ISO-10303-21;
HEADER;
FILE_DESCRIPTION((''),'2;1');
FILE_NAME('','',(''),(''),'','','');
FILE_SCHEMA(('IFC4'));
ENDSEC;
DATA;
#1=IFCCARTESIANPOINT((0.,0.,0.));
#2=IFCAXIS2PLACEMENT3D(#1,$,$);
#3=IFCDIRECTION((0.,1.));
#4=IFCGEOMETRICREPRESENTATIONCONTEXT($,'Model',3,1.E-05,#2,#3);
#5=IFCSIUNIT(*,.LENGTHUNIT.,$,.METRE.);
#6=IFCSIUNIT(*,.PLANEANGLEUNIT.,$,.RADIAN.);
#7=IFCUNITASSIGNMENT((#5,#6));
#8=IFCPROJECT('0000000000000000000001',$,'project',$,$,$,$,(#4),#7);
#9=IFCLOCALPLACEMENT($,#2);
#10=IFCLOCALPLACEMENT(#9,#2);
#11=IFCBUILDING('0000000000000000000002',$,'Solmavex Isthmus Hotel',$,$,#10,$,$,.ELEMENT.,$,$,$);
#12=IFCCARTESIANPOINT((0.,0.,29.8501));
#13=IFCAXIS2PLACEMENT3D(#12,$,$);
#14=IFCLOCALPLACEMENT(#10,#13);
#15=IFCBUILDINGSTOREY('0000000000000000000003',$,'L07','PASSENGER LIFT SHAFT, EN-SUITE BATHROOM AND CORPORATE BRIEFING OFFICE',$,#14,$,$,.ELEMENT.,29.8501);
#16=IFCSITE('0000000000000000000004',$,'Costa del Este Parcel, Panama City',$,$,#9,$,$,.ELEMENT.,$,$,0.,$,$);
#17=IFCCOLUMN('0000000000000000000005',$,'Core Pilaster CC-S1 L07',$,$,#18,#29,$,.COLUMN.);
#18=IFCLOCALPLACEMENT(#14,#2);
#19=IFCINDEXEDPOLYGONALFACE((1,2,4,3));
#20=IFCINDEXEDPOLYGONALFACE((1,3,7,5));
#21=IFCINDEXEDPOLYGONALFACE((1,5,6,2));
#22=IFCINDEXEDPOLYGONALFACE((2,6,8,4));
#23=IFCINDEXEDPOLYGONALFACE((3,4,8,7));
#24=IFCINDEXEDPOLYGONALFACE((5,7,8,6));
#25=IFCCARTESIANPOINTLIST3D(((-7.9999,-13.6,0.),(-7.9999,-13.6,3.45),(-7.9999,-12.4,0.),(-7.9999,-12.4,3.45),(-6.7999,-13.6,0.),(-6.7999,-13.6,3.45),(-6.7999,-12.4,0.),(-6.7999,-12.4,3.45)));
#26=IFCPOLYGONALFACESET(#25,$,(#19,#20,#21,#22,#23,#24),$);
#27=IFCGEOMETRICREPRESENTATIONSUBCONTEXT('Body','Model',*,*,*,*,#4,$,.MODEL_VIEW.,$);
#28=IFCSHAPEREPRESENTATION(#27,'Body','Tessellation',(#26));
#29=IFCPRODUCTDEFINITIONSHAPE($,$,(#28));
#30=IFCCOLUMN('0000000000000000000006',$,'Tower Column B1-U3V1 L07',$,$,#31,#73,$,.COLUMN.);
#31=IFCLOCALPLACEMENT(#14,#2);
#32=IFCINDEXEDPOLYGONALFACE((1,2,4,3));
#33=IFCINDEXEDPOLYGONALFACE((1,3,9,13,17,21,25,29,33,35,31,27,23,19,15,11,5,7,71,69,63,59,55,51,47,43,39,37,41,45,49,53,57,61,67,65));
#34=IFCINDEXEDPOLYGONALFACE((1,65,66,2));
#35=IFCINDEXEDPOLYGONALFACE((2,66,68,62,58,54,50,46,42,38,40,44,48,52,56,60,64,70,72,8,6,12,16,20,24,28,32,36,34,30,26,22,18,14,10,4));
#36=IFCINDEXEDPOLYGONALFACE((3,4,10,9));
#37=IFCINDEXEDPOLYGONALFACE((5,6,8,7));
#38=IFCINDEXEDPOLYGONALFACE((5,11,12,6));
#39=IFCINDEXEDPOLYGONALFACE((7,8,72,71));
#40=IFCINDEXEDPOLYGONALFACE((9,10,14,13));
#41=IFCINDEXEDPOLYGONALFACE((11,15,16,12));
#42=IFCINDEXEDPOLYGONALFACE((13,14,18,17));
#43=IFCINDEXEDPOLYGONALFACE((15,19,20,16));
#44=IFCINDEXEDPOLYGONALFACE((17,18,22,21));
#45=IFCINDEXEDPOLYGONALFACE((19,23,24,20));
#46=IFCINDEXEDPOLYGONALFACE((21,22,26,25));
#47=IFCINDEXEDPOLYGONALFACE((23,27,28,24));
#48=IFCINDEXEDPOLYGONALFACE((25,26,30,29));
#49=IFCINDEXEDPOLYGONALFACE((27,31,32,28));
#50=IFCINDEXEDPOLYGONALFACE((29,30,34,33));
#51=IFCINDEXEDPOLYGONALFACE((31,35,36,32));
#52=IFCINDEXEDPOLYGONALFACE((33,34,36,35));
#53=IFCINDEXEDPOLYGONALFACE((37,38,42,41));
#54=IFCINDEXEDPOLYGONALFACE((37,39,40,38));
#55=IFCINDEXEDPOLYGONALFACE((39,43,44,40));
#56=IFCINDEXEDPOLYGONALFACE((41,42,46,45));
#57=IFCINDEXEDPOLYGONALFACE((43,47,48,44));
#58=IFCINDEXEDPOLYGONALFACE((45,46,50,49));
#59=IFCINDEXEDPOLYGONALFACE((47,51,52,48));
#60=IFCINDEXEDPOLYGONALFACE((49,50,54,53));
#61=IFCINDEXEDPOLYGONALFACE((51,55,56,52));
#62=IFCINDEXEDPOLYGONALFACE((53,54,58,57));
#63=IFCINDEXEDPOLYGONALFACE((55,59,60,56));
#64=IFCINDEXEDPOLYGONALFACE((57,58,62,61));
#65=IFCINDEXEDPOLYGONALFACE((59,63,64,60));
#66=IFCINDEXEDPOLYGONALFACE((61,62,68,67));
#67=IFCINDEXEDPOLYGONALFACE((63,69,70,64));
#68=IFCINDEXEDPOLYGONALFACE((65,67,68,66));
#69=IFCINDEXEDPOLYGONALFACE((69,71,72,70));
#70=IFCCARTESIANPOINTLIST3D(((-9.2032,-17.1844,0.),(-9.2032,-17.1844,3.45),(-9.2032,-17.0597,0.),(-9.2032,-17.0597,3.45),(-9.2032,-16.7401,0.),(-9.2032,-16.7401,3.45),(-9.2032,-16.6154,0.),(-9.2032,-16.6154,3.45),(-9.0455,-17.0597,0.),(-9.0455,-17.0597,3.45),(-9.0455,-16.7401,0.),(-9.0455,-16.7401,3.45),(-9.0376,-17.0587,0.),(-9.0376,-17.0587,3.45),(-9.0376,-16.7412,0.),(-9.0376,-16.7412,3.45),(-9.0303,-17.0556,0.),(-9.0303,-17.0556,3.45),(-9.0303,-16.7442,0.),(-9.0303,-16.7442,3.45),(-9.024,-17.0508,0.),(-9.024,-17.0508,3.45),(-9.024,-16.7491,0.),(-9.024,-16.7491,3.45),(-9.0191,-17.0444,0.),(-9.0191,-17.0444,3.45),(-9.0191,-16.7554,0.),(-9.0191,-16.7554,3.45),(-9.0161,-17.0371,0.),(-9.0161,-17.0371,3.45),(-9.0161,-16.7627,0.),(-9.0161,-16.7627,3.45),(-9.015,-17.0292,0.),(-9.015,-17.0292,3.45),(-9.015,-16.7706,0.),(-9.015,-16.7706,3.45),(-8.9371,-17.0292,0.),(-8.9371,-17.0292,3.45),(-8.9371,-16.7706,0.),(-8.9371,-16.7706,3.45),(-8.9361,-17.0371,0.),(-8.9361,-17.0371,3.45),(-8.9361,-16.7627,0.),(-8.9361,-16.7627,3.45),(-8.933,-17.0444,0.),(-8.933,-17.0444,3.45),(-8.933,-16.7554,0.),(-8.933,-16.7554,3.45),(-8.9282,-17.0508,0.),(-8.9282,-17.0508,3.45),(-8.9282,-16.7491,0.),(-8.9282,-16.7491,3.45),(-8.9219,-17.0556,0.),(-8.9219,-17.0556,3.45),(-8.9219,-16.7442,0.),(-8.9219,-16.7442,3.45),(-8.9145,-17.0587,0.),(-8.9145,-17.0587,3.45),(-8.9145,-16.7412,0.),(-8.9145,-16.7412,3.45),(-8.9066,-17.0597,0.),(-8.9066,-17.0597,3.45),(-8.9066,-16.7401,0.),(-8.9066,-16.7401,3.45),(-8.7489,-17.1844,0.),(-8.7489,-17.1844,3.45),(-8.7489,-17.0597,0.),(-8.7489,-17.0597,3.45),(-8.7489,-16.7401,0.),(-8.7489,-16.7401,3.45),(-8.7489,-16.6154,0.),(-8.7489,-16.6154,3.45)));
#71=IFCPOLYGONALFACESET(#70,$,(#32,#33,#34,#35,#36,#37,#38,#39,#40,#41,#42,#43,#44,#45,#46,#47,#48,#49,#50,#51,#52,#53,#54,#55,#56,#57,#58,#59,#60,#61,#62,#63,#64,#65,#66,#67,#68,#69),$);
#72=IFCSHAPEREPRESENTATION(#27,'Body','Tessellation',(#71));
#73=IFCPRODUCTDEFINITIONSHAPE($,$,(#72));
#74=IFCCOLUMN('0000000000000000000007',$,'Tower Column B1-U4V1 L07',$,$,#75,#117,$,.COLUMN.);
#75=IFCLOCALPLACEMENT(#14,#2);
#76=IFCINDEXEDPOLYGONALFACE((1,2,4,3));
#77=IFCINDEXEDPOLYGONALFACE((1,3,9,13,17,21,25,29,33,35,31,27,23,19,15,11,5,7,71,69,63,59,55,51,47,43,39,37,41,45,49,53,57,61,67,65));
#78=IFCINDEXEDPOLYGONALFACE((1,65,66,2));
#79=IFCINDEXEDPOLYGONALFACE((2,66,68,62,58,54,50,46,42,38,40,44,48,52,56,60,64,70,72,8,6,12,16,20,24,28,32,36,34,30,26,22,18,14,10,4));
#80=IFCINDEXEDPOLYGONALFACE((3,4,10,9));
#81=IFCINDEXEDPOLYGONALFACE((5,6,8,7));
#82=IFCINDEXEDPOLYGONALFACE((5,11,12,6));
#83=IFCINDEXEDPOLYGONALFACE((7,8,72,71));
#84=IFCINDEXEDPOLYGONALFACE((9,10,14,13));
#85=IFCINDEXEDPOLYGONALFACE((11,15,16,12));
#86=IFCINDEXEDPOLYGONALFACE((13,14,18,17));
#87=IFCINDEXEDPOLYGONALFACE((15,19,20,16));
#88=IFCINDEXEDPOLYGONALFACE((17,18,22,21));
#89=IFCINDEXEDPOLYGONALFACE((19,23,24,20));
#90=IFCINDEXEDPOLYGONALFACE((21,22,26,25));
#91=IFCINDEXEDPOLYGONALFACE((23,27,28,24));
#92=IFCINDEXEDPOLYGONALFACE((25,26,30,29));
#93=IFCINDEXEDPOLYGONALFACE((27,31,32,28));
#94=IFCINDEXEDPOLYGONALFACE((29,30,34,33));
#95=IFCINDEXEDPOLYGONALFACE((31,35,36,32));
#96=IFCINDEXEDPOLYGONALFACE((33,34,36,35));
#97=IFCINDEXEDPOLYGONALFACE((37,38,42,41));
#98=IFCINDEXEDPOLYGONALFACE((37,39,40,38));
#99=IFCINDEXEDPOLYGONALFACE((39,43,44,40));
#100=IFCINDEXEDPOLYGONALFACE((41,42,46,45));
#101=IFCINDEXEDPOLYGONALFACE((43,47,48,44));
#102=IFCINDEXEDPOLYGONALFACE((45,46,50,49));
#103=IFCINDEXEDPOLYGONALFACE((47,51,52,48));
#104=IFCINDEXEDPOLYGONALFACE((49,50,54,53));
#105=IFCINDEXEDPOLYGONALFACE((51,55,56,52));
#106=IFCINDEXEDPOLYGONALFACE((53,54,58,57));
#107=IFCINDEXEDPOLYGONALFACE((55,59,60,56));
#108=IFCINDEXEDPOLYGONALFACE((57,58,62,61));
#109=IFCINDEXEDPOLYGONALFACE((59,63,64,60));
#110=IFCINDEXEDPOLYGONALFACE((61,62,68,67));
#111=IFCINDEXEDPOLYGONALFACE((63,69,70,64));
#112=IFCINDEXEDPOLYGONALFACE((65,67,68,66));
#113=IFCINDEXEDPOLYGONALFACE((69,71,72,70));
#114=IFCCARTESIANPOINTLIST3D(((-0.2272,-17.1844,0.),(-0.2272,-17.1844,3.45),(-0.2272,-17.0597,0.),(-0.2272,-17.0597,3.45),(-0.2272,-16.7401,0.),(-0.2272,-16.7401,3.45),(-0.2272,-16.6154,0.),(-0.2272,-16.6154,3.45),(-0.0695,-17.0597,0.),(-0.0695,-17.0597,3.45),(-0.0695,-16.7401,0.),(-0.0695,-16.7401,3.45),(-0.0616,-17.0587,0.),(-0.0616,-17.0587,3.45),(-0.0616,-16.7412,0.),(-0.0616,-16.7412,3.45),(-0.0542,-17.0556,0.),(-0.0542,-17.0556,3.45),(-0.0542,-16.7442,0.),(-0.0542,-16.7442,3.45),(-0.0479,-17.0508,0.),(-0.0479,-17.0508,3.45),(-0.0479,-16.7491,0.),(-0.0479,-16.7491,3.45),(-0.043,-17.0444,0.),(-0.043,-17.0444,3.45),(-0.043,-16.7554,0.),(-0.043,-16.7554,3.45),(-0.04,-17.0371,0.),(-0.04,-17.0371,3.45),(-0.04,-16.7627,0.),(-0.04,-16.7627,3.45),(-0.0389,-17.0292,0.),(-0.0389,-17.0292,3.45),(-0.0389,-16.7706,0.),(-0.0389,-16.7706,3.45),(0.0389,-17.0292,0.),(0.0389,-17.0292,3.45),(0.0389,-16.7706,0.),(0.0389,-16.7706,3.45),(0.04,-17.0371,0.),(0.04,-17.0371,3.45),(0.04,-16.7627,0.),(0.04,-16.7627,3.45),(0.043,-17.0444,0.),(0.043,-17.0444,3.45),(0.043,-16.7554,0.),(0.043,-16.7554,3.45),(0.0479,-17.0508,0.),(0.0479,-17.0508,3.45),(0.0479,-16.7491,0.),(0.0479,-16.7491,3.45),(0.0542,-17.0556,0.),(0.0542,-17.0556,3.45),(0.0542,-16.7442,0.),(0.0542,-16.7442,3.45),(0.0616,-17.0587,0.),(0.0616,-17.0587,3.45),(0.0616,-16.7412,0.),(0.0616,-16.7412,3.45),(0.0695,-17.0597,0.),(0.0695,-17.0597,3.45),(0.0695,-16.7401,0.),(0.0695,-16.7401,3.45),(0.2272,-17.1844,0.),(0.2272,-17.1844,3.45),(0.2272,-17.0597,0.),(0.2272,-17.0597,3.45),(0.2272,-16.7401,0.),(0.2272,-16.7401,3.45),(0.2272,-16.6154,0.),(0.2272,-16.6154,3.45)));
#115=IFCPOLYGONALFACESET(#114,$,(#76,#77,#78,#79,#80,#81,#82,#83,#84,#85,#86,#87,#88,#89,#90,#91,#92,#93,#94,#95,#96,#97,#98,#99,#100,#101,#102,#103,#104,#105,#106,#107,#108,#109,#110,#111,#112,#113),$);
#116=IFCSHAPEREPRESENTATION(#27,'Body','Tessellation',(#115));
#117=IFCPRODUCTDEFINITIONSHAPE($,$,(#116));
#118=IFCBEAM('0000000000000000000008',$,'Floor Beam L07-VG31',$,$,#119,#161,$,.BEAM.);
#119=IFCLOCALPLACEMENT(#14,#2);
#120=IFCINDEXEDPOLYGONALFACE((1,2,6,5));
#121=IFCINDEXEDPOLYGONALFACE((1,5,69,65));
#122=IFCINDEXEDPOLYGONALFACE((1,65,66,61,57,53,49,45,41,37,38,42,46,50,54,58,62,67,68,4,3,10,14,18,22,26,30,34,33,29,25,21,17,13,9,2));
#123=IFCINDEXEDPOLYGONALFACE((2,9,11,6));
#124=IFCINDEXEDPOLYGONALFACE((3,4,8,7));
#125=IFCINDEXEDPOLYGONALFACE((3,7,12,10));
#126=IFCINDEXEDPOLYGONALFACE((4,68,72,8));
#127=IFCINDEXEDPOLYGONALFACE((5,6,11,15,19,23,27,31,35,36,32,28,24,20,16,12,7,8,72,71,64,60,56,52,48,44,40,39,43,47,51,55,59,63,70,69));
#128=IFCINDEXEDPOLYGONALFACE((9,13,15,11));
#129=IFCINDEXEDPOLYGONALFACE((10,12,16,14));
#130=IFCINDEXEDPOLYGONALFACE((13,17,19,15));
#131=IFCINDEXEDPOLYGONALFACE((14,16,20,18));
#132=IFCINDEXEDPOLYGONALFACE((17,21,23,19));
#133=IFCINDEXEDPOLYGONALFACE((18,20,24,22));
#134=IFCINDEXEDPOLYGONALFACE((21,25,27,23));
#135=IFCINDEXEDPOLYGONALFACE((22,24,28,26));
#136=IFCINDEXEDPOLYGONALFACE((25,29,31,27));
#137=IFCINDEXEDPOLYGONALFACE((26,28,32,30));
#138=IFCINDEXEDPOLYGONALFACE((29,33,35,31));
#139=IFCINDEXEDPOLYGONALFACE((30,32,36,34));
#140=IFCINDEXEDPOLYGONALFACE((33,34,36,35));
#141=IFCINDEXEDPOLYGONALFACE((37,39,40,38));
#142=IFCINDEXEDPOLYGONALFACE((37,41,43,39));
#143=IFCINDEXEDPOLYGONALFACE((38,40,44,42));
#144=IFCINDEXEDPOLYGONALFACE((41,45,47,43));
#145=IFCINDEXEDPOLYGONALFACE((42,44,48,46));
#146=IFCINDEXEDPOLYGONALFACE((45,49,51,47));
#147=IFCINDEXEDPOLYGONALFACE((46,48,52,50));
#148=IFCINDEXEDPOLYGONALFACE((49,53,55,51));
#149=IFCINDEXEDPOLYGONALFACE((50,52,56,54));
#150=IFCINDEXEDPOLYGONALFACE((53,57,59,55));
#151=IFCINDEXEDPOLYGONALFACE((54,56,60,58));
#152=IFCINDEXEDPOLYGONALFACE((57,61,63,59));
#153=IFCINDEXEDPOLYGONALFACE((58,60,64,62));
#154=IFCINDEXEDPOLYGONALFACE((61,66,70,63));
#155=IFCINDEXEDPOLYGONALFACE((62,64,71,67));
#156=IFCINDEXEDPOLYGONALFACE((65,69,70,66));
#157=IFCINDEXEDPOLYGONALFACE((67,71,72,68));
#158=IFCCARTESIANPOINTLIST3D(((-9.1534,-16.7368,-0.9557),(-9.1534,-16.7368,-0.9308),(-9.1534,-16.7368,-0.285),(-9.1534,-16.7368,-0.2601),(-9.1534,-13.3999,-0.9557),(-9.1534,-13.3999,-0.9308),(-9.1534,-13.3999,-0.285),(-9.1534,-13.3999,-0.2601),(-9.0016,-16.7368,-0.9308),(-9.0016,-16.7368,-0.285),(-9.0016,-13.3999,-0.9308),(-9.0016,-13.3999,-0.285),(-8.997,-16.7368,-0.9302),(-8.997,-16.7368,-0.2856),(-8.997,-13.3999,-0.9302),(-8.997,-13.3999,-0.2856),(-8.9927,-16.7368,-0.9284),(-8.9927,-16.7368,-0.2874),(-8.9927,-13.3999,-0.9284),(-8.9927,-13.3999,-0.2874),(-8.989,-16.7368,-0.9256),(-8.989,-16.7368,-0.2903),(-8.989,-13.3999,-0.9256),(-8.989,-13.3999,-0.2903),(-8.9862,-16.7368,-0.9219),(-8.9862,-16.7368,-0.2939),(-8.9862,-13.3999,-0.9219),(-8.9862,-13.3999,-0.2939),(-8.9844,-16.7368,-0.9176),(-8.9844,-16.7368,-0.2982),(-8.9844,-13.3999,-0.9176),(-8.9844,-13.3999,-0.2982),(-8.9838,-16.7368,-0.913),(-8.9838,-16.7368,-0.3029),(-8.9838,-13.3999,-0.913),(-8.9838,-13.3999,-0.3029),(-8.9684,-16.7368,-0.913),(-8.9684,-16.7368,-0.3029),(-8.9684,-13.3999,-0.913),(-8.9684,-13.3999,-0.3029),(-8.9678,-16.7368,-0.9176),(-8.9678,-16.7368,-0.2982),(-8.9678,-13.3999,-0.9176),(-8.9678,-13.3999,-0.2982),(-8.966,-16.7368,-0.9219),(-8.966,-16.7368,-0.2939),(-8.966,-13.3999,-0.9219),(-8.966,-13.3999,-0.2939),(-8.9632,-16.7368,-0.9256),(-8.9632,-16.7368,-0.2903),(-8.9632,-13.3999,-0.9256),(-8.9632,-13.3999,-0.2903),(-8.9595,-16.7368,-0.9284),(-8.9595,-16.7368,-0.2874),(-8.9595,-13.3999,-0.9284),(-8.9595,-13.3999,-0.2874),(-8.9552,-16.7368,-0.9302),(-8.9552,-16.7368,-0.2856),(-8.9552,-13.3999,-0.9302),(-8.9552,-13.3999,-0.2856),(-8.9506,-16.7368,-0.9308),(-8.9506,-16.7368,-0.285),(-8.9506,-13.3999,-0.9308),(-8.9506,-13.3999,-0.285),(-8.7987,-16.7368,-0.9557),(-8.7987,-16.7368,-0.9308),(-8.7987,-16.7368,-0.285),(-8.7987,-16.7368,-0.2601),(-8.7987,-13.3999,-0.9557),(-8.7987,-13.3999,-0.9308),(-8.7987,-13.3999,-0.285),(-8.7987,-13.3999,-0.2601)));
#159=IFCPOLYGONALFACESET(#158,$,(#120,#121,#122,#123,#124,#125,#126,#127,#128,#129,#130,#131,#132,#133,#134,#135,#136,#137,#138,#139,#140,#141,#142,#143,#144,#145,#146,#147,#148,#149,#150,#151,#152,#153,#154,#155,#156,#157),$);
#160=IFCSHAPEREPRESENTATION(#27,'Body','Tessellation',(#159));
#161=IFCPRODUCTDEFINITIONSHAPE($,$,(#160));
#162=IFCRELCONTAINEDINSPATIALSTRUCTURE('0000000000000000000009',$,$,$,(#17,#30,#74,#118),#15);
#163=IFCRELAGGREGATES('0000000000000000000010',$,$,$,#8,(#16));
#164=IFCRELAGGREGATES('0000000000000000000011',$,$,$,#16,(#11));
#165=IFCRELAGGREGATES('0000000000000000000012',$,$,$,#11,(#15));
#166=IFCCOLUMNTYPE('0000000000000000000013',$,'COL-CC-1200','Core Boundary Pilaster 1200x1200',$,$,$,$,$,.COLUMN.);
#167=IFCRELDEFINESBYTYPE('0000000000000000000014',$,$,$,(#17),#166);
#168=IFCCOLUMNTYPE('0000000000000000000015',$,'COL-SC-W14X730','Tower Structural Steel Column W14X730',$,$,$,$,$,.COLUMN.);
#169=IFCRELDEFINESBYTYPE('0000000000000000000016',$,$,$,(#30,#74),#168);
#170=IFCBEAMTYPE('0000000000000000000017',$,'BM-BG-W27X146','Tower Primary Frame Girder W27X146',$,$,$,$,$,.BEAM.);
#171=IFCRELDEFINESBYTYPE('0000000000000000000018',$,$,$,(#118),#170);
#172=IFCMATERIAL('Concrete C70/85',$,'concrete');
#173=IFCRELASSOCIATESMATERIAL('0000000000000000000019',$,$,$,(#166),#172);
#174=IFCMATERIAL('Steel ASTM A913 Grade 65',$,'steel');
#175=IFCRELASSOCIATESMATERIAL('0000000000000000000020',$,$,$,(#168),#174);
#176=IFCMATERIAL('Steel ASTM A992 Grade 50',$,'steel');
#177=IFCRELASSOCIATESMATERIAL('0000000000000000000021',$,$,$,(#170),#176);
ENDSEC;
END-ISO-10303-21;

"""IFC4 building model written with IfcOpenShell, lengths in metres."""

from ifc_helpers import new_model, si_unit, direction, frame, origin, origin_2d, place, context, subcontext, project, spatial, rectangle, i_section, extrude, material, material_profile, profile_set, type_object, element, save


model = new_model("IFC4")

# Units and contexts
model_context = context("Model", 3, precision=1e-05, world=origin(), true_north=direction((0.0, 1.0)))
body_context = subcontext(model_context, "Body", "Model", "MODEL_VIEW")
ifc_project = project(units=[si_unit("LENGTHUNIT", "METRE"), si_unit("PLANEANGLEUNIT", "RADIAN")], contexts=[model_context])

# Site, building, storey
site_placement = place(None, origin())
site = spatial("IfcSite", under=ifc_project, at=site_placement, Name="Costa del Este Parcel, Panama City", CompositionType="ELEMENT", RefElevation=0.0)
building_placement = place(site_placement, origin())
building = spatial("IfcBuilding", under=site, at=building_placement, Name="Solmavex Isthmus Hotel", CompositionType="ELEMENT")
storey_placement = place(building_placement, frame((0.0, 0.0, 29.8501)))
storey = spatial("IfcBuildingStorey", under=building, at=storey_placement, Name="L07", Description="PASSENGER LIFT SHAFT, EN-SUITE BATHROOM AND CORPORATE BRIEFING OFFICE", CompositionType="ELEMENT", Elevation=29.8501)

# Columns
ifc_material_1 = material(Name="Concrete C70/85", Category="concrete")
ifc_material_profile_1 = material_profile(ifc_material_1, rectangle(XDim=1.2, YDim=1.2, at=origin_2d()), Name="RC1200X1200")
ifc_profile_set_1 = profile_set([ifc_material_profile_1], Name="Concrete C70/85")
column_type_1 = type_object("IfcColumnType", Name="COL-CC-1200", Description="Core Boundary Pilaster 1200x1200", PredefinedType="COLUMN", material=ifc_profile_set_1)
column_placement = place(storey_placement, frame((-7.3999, -13.0, 0.0), z_axis=(0.0, 0.0, 1.0), x_axis=(1.0, 0.0, 0.0)))
element("IfcColumn", 1, at=column_placement, inside=storey, type_object=column_type_1, Name="Core Pilaster CC-S1 L07", PredefinedType="COLUMN", context=body_context, shape_type="SweptSolid", body=[
    extrude(rectangle(XDim=1.2, YDim=1.2, at=origin_2d()), origin(), (0.0, 0.0, 1.0), 3.45),
])
ifc_material_2 = material(Name="Steel ASTM A913 Grade 65", Category="steel")
ifc_material_profile_2 = material_profile(ifc_material_2, i_section(OverallWidth=0.4543, OverallDepth=0.5691, WebThickness=0.0779, FlangeThickness=0.1248, FilletRadius=0.0305, at=origin_2d()), Name="W14X730")
ifc_profile_set_2 = profile_set([ifc_material_profile_2], Name="Steel ASTM A913 Grade 65")
column_type_2 = type_object("IfcColumnType", Name="COL-SC-W14X730", Description="Tower Structural Steel Column W14X730", PredefinedType="COLUMN", material=ifc_profile_set_2)
for number, where, z_axis, x_axis, name in (
    (2, (-8.9761, -16.8999, 0.0), (0.0, 0.0, 1.0), (1.0, 0.0, 0.0), "Tower Column B1-U3V1 L07"),
    (3, (0.0, -16.8999, 0.0), (0.0, 0.0, 1.0), (1.0, 0.0, 0.0), "Tower Column B1-U4V1 L07"),
):
    element("IfcColumn", number, at=place(storey_placement, frame(where, z_axis=z_axis, x_axis=x_axis)), inside=storey, type_object=column_type_2, Name=name, PredefinedType="COLUMN", context=body_context, shape_type="SweptSolid", body=[
        extrude(i_section(OverallWidth=0.4543, OverallDepth=0.5691, WebThickness=0.0779, FlangeThickness=0.1248, FilletRadius=0.0305, at=origin_2d()), origin(), (0.0, 0.0, 1.0), 3.45),
    ])

# Beam
ifc_material_3 = material(Name="Steel ASTM A992 Grade 50", Category="steel")
ifc_material_profile_3 = material_profile(ifc_material_3, i_section(OverallWidth=0.3547, OverallDepth=0.6956, WebThickness=0.0154, FlangeThickness=0.0249, FilletRadius=0.0178, at=origin_2d()), Name="W27X146")
ifc_profile_set_3 = profile_set([ifc_material_profile_3], Name="Steel ASTM A992 Grade 50")
beam_type_1 = type_object("IfcBeamType", Name="BM-BG-W27X146", Description="Tower Primary Frame Girder W27X146", PredefinedType="BEAM", material=ifc_profile_set_3)
for number, where, z_axis, x_axis, name in (
    (4, (-8.9761, -16.7368, -0.6079), (0.0, 1.0, 0.0), (-1.0, 0.0, 0.0), "Floor Beam L07-VG31"),
):
    element("IfcBeam", number, at=place(storey_placement, frame(where, z_axis=z_axis, x_axis=x_axis)), inside=storey, type_object=beam_type_1, Name=name, PredefinedType="BEAM", context=body_context, shape_type="SweptSolid", body=[
        extrude(i_section(OverallWidth=0.3547, OverallDepth=0.6956, WebThickness=0.0154, FlangeThickness=0.0249, FilletRadius=0.0178, at=origin_2d()), origin(), (0.0, 0.0, 1.0), 3.3369),
    ])

save(model, "model.ifc")
